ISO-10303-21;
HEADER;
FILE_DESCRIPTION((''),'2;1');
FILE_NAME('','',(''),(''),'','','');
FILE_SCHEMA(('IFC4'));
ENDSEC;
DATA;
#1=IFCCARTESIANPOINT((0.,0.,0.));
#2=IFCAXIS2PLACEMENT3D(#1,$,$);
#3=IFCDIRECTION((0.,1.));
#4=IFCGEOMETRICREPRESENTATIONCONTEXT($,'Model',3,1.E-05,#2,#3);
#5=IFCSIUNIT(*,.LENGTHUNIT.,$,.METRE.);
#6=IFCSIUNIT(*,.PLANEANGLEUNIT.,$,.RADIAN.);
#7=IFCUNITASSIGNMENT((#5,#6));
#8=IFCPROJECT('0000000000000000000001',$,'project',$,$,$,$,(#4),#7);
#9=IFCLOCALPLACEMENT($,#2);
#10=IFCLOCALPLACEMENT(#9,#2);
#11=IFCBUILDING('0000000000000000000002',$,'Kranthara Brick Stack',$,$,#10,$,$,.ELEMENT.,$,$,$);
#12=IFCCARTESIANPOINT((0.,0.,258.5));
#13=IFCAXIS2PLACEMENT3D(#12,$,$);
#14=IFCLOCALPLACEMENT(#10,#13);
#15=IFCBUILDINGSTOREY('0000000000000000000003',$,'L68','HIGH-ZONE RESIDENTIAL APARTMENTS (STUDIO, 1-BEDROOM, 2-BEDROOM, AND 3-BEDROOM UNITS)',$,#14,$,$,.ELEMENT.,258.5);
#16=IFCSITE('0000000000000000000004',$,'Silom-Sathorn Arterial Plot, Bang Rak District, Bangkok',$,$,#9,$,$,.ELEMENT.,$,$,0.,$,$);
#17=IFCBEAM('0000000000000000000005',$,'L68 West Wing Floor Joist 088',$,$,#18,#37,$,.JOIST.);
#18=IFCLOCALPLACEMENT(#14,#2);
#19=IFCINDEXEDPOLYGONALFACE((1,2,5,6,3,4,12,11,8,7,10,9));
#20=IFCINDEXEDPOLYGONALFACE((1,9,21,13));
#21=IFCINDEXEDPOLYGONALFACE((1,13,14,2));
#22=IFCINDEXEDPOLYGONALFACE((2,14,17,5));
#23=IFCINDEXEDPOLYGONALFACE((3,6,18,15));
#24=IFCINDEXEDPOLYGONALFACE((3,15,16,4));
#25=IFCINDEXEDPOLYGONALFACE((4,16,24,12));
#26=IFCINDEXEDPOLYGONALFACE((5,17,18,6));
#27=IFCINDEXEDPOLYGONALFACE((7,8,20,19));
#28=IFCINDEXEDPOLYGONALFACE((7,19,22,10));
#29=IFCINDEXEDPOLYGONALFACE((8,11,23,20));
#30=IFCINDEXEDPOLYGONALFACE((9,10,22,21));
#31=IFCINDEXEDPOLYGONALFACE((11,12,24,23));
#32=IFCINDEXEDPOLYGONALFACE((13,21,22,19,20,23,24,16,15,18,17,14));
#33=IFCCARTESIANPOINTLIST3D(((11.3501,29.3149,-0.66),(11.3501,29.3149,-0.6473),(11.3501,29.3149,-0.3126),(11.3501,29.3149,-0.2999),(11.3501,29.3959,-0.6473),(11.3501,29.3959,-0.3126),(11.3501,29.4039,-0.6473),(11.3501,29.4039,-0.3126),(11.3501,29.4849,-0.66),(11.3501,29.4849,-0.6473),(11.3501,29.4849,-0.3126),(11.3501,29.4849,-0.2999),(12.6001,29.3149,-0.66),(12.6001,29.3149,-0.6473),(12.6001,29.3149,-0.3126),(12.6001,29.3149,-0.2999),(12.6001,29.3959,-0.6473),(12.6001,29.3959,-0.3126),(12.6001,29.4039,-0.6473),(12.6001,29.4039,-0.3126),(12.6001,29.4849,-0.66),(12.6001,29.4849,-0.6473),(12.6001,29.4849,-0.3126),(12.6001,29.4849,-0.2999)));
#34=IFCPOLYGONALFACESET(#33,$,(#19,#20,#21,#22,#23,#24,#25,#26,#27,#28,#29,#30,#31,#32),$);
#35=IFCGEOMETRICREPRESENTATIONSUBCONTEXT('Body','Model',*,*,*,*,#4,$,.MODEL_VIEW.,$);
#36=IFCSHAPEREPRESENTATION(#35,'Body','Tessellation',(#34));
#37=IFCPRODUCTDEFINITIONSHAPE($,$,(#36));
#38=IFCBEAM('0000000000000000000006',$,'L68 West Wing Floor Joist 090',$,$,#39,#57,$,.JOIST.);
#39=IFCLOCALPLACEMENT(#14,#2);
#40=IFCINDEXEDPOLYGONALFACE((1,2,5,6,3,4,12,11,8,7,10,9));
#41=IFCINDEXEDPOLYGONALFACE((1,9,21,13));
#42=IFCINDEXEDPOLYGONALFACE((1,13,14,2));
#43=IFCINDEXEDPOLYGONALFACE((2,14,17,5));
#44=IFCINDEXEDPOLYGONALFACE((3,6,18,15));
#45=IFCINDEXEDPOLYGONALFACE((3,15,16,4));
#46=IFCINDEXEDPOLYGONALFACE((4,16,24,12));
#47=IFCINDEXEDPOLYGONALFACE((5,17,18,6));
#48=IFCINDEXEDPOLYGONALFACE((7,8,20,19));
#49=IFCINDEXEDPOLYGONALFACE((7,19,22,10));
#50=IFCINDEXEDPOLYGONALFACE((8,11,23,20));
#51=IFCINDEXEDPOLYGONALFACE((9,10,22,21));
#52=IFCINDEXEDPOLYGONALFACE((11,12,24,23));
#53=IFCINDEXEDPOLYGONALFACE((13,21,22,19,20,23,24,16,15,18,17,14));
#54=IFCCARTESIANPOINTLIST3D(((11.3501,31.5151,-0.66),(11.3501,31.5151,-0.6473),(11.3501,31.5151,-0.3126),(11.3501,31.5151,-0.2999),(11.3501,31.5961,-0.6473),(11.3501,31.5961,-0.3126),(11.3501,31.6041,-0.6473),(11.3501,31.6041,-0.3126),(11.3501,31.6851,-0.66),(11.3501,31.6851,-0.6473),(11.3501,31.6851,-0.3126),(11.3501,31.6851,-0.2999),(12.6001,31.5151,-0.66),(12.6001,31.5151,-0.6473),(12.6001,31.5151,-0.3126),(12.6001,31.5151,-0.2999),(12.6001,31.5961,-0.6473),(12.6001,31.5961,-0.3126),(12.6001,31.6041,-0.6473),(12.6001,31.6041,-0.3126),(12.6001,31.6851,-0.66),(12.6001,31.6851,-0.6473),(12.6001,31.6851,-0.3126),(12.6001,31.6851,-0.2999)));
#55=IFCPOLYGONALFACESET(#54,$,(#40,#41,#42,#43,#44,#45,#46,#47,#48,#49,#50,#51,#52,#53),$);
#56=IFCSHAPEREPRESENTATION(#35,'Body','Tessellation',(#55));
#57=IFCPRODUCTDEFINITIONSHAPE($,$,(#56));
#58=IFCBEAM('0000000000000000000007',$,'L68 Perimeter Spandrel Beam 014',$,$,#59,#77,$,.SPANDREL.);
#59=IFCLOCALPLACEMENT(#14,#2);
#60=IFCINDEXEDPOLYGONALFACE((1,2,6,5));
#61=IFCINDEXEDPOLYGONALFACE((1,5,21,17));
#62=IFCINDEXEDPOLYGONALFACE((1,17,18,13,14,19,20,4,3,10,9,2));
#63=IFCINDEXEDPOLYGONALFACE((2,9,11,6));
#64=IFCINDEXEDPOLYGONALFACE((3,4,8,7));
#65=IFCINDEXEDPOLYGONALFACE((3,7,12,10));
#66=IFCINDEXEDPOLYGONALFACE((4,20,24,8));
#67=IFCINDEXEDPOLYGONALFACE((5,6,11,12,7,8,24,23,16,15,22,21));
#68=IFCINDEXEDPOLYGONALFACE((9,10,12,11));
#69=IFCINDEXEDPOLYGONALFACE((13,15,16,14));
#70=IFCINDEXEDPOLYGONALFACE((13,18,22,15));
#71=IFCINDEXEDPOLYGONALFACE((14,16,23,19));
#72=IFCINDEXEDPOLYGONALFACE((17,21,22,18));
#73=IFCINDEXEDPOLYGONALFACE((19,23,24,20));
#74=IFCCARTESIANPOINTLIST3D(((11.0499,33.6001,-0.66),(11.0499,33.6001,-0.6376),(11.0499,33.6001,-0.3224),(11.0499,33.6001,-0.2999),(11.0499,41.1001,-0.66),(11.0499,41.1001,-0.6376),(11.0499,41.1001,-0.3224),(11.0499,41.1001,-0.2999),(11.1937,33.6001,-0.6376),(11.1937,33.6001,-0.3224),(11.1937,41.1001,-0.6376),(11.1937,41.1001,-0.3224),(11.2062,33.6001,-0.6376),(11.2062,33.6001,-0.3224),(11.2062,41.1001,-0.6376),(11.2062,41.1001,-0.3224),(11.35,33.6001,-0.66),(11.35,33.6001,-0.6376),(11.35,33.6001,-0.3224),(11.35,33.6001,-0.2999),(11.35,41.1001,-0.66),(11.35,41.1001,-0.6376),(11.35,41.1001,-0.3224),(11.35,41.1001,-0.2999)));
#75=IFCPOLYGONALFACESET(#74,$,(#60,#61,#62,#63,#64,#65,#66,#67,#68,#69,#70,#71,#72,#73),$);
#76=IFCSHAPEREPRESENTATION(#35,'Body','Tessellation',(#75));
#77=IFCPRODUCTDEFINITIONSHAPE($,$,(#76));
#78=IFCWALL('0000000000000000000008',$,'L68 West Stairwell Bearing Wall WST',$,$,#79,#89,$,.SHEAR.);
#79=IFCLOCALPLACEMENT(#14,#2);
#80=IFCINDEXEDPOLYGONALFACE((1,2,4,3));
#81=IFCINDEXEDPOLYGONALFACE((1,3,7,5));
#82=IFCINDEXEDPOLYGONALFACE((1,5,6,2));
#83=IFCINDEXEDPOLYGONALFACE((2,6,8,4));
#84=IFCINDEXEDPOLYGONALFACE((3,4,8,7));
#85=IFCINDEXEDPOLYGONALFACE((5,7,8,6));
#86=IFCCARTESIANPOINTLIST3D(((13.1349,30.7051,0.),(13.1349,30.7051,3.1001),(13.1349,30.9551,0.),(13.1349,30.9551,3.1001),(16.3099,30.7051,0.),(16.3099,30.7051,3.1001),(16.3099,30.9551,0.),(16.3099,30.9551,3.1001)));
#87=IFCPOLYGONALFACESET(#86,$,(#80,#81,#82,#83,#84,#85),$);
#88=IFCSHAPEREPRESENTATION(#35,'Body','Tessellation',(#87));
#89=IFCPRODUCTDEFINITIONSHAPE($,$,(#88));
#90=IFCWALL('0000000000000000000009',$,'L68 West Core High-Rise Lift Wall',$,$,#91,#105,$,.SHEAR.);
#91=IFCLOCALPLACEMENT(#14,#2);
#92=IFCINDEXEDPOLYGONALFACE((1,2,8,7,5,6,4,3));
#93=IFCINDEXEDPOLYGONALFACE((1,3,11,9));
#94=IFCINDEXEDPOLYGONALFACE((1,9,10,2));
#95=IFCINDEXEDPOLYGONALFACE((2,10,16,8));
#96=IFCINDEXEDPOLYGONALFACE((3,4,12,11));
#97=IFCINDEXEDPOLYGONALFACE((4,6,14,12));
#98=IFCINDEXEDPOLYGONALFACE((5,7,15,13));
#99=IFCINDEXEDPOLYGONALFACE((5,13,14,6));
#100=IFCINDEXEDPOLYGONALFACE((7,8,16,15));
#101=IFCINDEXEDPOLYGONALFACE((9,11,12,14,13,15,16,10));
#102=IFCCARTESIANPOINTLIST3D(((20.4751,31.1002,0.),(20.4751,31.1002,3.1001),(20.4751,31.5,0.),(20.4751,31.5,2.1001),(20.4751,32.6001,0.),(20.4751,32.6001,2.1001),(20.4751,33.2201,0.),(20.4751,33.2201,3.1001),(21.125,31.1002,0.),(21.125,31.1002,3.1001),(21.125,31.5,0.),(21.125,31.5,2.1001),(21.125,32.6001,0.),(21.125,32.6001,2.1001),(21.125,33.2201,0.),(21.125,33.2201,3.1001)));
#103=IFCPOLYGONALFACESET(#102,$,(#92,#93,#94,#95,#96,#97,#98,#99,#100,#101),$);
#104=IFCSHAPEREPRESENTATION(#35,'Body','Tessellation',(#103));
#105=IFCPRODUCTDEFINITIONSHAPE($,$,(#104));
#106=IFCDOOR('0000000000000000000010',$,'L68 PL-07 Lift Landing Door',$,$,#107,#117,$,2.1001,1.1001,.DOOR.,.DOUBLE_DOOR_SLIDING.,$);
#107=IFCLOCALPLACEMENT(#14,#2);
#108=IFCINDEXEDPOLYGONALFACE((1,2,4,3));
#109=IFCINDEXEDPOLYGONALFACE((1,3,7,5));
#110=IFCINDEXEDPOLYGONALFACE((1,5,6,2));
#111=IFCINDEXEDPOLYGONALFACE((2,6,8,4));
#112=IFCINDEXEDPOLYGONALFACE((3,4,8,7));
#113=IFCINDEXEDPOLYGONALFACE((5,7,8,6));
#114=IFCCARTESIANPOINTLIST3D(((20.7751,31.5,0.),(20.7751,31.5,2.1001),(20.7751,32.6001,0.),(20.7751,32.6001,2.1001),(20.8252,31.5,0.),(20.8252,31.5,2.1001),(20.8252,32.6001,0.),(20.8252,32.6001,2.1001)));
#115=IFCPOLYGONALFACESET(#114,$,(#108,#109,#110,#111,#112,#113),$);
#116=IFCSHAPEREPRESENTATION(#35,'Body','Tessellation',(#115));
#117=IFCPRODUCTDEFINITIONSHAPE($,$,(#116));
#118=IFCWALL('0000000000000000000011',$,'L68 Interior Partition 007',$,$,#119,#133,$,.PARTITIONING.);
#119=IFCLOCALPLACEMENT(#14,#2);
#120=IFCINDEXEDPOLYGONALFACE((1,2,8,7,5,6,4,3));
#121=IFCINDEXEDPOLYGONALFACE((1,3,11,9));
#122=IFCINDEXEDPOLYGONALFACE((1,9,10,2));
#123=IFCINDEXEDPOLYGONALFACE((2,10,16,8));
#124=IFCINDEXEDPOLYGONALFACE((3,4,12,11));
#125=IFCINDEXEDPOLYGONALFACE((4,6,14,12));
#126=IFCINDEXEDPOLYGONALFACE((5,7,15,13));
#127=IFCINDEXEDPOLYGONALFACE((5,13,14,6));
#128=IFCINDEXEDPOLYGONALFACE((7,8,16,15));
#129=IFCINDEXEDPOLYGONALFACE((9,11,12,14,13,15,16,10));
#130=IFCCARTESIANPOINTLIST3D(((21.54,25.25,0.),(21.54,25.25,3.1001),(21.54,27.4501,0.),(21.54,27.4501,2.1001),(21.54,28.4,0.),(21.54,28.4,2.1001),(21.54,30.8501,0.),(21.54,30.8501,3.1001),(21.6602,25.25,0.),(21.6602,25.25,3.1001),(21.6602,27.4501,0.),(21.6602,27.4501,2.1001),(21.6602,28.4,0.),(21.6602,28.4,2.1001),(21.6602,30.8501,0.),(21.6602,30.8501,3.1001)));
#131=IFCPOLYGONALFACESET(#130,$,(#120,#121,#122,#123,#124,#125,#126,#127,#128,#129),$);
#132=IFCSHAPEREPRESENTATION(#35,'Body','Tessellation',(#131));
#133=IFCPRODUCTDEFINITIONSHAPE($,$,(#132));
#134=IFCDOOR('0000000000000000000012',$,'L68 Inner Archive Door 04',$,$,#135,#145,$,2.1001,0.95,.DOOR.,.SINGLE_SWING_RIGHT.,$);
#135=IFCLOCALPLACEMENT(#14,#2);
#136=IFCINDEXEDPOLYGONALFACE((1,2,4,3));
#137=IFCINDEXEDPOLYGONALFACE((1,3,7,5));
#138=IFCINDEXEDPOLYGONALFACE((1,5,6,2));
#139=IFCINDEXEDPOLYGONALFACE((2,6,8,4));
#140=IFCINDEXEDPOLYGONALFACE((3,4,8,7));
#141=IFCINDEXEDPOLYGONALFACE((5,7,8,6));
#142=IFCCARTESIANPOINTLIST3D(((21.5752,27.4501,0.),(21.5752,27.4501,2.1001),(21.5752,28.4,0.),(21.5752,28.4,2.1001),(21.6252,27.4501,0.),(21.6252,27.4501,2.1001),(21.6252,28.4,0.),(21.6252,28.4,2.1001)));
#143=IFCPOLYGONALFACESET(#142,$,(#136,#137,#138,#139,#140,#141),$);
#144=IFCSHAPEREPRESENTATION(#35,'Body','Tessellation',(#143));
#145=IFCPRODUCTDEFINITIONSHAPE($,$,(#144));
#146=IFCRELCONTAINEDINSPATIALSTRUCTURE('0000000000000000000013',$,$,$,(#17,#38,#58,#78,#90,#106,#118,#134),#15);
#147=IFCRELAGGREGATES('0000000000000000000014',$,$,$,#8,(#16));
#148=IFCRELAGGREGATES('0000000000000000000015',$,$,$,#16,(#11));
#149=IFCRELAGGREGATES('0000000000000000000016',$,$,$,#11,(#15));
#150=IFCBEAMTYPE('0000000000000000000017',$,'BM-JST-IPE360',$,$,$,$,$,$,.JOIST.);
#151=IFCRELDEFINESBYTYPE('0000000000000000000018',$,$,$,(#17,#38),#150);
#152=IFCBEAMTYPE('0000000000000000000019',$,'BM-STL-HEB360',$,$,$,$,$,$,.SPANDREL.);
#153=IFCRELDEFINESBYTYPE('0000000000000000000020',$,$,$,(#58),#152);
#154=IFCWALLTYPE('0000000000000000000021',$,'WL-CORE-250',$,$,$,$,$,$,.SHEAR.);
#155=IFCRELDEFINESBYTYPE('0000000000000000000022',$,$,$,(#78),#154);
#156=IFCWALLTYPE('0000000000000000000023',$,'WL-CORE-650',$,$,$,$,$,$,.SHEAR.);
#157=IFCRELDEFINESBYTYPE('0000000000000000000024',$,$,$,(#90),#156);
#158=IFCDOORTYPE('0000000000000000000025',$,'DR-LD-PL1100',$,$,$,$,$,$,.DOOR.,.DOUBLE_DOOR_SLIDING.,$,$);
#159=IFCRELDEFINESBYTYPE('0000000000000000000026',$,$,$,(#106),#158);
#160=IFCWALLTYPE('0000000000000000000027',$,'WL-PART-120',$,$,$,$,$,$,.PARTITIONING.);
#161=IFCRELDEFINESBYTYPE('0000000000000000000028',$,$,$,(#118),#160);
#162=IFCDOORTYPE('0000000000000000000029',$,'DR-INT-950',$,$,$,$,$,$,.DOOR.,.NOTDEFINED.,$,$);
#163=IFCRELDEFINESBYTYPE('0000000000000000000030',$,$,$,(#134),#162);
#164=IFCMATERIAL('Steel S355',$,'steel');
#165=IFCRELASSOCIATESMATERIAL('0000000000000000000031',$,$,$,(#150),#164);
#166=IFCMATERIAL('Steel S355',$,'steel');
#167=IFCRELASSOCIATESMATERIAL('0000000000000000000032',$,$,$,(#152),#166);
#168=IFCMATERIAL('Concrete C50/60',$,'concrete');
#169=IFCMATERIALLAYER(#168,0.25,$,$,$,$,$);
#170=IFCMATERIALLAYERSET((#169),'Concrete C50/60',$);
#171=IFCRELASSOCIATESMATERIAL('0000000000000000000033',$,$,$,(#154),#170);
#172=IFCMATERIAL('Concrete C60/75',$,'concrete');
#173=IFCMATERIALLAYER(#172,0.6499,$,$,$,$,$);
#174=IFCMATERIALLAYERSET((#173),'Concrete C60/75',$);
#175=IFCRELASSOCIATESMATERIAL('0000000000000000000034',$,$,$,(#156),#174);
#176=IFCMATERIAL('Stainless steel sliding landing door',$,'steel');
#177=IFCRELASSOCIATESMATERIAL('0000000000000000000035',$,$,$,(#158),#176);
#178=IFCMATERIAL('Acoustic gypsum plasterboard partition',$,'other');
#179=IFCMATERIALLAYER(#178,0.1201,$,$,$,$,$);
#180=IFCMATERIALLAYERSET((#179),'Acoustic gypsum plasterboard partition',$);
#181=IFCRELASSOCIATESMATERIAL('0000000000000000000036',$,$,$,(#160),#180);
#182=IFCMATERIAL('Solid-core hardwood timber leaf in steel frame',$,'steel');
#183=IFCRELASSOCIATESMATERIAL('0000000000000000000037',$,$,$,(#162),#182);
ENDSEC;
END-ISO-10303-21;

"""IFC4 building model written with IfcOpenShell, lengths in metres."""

from ifc_helpers import new_model, si_unit, direction, frame, frame_2d, origin, origin_2d, place, context, subcontext, project, spatial, rectangle, i_section, extrude, material, layer, layer_set, material_profile, profile_set, type_object, element, fill, save


model = new_model("IFC4")

# Units and contexts
model_context = context("Model", 3, precision=1e-05, world=origin(), true_north=direction((0.0, 1.0)))
body_context = subcontext(model_context, "Body", "Model", "MODEL_VIEW")
ifc_project = project(units=[si_unit("LENGTHUNIT", "METRE"), si_unit("PLANEANGLEUNIT", "RADIAN")], contexts=[model_context])

# Site, building, storey
site_placement = place(None, origin())
site = spatial("IfcSite", under=ifc_project, at=site_placement, Name="Silom-Sathorn Arterial Plot, Bang Rak District, Bangkok", CompositionType="ELEMENT", RefElevation=0.0)
building_placement = place(site_placement, origin())
building = spatial("IfcBuilding", under=site, at=building_placement, Name="Kranthara Brick Stack", CompositionType="ELEMENT")
storey_placement = place(building_placement, frame((0.0, 0.0, 258.5)))
storey = spatial("IfcBuildingStorey", under=building, at=storey_placement, Name="L68", Description="HIGH-ZONE RESIDENTIAL APARTMENTS (STUDIO, 1-BEDROOM, 2-BEDROOM, AND 3-BEDROOM UNITS)", CompositionType="ELEMENT", Elevation=258.5)

# Beams
ifc_material_1 = material(Name="Steel S355", Category="steel")
ifc_material_profile_1 = material_profile(ifc_material_1, i_section(OverallWidth=0.1699, OverallDepth=0.3601, WebThickness=0.0081, FlangeThickness=0.0127, at=origin_2d()), Name="IPE 360")
ifc_profile_set_1 = profile_set([ifc_material_profile_1], Name="Steel S355")
beam_type_1 = type_object("IfcBeamType", Name="BM-JST-IPE360", PredefinedType="JOIST", material=ifc_profile_set_1)
for number, where, z_axis, x_axis, name in (
    (1, (11.3501, 29.3999, -0.48), (1.0, 0.0, 0.0), (0.0, 1.0, 0.0), "L68 West Wing Floor Joist 088"),
    (2, (11.3501, 31.6001, -0.48), (1.0, 0.0, 0.0), (0.0, 1.0, 0.0), "L68 West Wing Floor Joist 090"),
):
    element("IfcBeam", number, at=place(storey_placement, frame(where, z_axis=z_axis, x_axis=x_axis)), inside=storey, type_object=beam_type_1, Name=name, PredefinedType="JOIST", context=body_context, shape_type="SweptSolid", body=[
        extrude(i_section(OverallWidth=0.1699, OverallDepth=0.3601, WebThickness=0.0081, FlangeThickness=0.0127, at=origin_2d()), origin(), (0.0, 0.0, 1.0), 1.25),
    ])
ifc_material_2 = material(Name="Steel S355", Category="steel")
ifc_material_profile_2 = material_profile(ifc_material_2, i_section(OverallWidth=0.3, OverallDepth=0.3601, WebThickness=0.0125, FlangeThickness=0.0225, at=origin_2d()), Name="HEB 360")
ifc_profile_set_2 = profile_set([ifc_material_profile_2], Name="Steel S355")
beam_type_2 = type_object("IfcBeamType", Name="BM-STL-HEB360", PredefinedType="SPANDREL", material=ifc_profile_set_2)
beam_1_placement = place(storey_placement, frame((11.2, 33.6001, -0.48), z_axis=(0.0, 1.0, 0.0), x_axis=(-1.0, 0.0, 0.0)))
element("IfcBeam", 3, at=beam_1_placement, inside=storey, type_object=beam_type_2, Name="L68 Perimeter Spandrel Beam 014", PredefinedType="SPANDREL", context=body_context, shape_type="SweptSolid", body=[
    extrude(i_section(OverallWidth=0.3, OverallDepth=0.3601, WebThickness=0.0125, FlangeThickness=0.0225, at=origin_2d()), origin(), (0.0, 0.0, 1.0), 7.5),
])

# Wall
ifc_material_3 = material(Name="Concrete C50/60", Category="concrete")
ifc_layer_1 = layer(ifc_material_3, 0.25)
ifc_layer_set_1 = layer_set([ifc_layer_1], Name="Concrete C50/60")
wall_type_1 = type_object("IfcWallType", Name="WL-CORE-250", PredefinedType="SHEAR", material=ifc_layer_set_1)
wall_1_placement = place(storey_placement, frame((13.135, 30.8301, 0.0), z_axis=(0.0, 0.0, 1.0), x_axis=(1.0, 0.0, 0.0)))
element("IfcWall", 4, at=wall_1_placement, inside=storey, type_object=wall_type_1, Name="L68 West Stairwell Bearing Wall WST", PredefinedType="SHEAR", context=body_context, shape_type="SweptSolid", body=[
    extrude(rectangle(XDim=3.175, YDim=0.25, at=frame_2d((1.5874, 0.0))), origin(), (0.0, 0.0, 1.0), 3.1001),
])

# Walls, openings, doors
ifc_material_4 = material(Name="Concrete C60/75", Category="concrete")
ifc_layer_2 = layer(ifc_material_4, 0.6499)
ifc_layer_set_2 = layer_set([ifc_layer_2], Name="Concrete C60/75")
wall_type_2 = type_object("IfcWallType", Name="WL-CORE-650", PredefinedType="SHEAR", material=ifc_layer_set_2)
wall_2_placement = place(storey_placement, frame((20.8, 31.1001, 0.0), z_axis=(0.0, 0.0, 1.0), x_axis=(0.0, 1.0, 0.0)))
wall_2 = element("IfcWall", 5, at=wall_2_placement, inside=storey, type_object=wall_type_2, Name="L68 West Core High-Rise Lift Wall", PredefinedType="SHEAR", context=body_context, shape_type="SweptSolid", body=[
    extrude(rectangle(XDim=2.1199, YDim=0.6499, at=frame_2d((1.0601, 0.0))), origin(), (0.0, 0.0, 1.0), 3.1001),
])
opening_1_placement = place(wall_2_placement, frame((0.3999, 0.0, 0.0)))
opening_1 = element("IfcOpeningElement", 6, at=opening_1_placement, cuts=wall_2, PredefinedType="OPENING", context=body_context, shape_type="SweptSolid", body=[
    extrude(rectangle(XDim=1.1001, YDim=2.1001, at=frame_2d((0.55, 1.05))), frame((0.0, 0.335, 0.0), z_axis=(0.0, -1.0, 0.0), x_axis=(1.0, 0.0, 0.0)), (0.0, 0.0, 1.0), 0.6699),
])
ifc_material_5 = material(Name="Stainless steel sliding landing door", Category="steel")
door_type_1 = type_object("IfcDoorType", Name="DR-LD-PL1100", OperationType="DOUBLE_DOOR_SLIDING", PredefinedType="DOOR", material=ifc_material_5)
door_1_placement = place(opening_1_placement, origin())
door_1 = element("IfcDoor", 7, at=door_1_placement, inside=storey, type_object=door_type_1, Name="L68 PL-07 Lift Landing Door", OperationType="DOUBLE_DOOR_SLIDING", OverallHeight=2.1001, OverallWidth=1.1001, PredefinedType="DOOR", context=body_context, shape_type="SweptSolid", body=[
    extrude(rectangle(XDim=1.1001, YDim=2.1001, at=frame_2d((0.55, 1.05))), frame((0.0, 0.0249, 0.0), z_axis=(0.0, -1.0, 0.0), x_axis=(1.0, 0.0, 0.0)), (0.0, 0.0, 1.0), 0.05),
])
fill(opening_1, door_1)
ifc_material_6 = material(Name="Acoustic gypsum plasterboard partition", Category="other")
ifc_layer_3 = layer(ifc_material_6, 0.1201)
ifc_layer_set_3 = layer_set([ifc_layer_3], Name="Acoustic gypsum plasterboard partition")
wall_type_3 = type_object("IfcWallType", Name="WL-PART-120", PredefinedType="PARTITIONING", material=ifc_layer_set_3)
wall_3_placement = place(storey_placement, frame((21.6001, 25.25, 0.0), z_axis=(0.0, 0.0, 1.0), x_axis=(0.0, 1.0, 0.0)))
wall_3 = element("IfcWall", 8, at=wall_3_placement, inside=storey, type_object=wall_type_3, Name="L68 Interior Partition 007", PredefinedType="PARTITIONING", context=body_context, shape_type="SweptSolid", body=[
    extrude(rectangle(XDim=5.6001, YDim=0.1201, at=frame_2d((2.8, 0.0))), origin(), (0.0, 0.0, 1.0), 3.1001),
])
opening_2_placement = place(wall_3_placement, frame((2.2, 0.0, 0.0)))
opening_2 = element("IfcOpeningElement", 9, at=opening_2_placement, cuts=wall_3, PredefinedType="OPENING", context=body_context, shape_type="SweptSolid", body=[
    extrude(rectangle(XDim=0.95, YDim=2.1001, at=frame_2d((0.4751, 1.05))), frame((0.0, 0.0701, 0.0), z_axis=(0.0, -1.0, 0.0), x_axis=(1.0, 0.0, 0.0)), (0.0, 0.0, 1.0), 0.1401),
])
ifc_material_7 = material(Name="Solid-core hardwood timber leaf in steel frame", Category="steel")
door_type_2 = type_object("IfcDoorType", Name="DR-INT-950", OperationType="NOTDEFINED", PredefinedType="DOOR", material=ifc_material_7)
door_2_placement = place(opening_2_placement, origin())
door_2 = element("IfcDoor", 10, at=door_2_placement, inside=storey, type_object=door_type_2, Name="L68 Inner Archive Door 04", OperationType="SINGLE_SWING_RIGHT", OverallHeight=2.1001, OverallWidth=0.95, PredefinedType="DOOR", context=body_context, shape_type="SweptSolid", body=[
    extrude(rectangle(XDim=0.95, YDim=2.1001, at=frame_2d((0.4751, 1.05))), frame((0.0, 0.0249, 0.0), z_axis=(0.0, -1.0, 0.0), x_axis=(1.0, 0.0, 0.0)), (0.0, 0.0, 1.0), 0.05),
])
fill(opening_2, door_2)

save(model, "model.ifc")
